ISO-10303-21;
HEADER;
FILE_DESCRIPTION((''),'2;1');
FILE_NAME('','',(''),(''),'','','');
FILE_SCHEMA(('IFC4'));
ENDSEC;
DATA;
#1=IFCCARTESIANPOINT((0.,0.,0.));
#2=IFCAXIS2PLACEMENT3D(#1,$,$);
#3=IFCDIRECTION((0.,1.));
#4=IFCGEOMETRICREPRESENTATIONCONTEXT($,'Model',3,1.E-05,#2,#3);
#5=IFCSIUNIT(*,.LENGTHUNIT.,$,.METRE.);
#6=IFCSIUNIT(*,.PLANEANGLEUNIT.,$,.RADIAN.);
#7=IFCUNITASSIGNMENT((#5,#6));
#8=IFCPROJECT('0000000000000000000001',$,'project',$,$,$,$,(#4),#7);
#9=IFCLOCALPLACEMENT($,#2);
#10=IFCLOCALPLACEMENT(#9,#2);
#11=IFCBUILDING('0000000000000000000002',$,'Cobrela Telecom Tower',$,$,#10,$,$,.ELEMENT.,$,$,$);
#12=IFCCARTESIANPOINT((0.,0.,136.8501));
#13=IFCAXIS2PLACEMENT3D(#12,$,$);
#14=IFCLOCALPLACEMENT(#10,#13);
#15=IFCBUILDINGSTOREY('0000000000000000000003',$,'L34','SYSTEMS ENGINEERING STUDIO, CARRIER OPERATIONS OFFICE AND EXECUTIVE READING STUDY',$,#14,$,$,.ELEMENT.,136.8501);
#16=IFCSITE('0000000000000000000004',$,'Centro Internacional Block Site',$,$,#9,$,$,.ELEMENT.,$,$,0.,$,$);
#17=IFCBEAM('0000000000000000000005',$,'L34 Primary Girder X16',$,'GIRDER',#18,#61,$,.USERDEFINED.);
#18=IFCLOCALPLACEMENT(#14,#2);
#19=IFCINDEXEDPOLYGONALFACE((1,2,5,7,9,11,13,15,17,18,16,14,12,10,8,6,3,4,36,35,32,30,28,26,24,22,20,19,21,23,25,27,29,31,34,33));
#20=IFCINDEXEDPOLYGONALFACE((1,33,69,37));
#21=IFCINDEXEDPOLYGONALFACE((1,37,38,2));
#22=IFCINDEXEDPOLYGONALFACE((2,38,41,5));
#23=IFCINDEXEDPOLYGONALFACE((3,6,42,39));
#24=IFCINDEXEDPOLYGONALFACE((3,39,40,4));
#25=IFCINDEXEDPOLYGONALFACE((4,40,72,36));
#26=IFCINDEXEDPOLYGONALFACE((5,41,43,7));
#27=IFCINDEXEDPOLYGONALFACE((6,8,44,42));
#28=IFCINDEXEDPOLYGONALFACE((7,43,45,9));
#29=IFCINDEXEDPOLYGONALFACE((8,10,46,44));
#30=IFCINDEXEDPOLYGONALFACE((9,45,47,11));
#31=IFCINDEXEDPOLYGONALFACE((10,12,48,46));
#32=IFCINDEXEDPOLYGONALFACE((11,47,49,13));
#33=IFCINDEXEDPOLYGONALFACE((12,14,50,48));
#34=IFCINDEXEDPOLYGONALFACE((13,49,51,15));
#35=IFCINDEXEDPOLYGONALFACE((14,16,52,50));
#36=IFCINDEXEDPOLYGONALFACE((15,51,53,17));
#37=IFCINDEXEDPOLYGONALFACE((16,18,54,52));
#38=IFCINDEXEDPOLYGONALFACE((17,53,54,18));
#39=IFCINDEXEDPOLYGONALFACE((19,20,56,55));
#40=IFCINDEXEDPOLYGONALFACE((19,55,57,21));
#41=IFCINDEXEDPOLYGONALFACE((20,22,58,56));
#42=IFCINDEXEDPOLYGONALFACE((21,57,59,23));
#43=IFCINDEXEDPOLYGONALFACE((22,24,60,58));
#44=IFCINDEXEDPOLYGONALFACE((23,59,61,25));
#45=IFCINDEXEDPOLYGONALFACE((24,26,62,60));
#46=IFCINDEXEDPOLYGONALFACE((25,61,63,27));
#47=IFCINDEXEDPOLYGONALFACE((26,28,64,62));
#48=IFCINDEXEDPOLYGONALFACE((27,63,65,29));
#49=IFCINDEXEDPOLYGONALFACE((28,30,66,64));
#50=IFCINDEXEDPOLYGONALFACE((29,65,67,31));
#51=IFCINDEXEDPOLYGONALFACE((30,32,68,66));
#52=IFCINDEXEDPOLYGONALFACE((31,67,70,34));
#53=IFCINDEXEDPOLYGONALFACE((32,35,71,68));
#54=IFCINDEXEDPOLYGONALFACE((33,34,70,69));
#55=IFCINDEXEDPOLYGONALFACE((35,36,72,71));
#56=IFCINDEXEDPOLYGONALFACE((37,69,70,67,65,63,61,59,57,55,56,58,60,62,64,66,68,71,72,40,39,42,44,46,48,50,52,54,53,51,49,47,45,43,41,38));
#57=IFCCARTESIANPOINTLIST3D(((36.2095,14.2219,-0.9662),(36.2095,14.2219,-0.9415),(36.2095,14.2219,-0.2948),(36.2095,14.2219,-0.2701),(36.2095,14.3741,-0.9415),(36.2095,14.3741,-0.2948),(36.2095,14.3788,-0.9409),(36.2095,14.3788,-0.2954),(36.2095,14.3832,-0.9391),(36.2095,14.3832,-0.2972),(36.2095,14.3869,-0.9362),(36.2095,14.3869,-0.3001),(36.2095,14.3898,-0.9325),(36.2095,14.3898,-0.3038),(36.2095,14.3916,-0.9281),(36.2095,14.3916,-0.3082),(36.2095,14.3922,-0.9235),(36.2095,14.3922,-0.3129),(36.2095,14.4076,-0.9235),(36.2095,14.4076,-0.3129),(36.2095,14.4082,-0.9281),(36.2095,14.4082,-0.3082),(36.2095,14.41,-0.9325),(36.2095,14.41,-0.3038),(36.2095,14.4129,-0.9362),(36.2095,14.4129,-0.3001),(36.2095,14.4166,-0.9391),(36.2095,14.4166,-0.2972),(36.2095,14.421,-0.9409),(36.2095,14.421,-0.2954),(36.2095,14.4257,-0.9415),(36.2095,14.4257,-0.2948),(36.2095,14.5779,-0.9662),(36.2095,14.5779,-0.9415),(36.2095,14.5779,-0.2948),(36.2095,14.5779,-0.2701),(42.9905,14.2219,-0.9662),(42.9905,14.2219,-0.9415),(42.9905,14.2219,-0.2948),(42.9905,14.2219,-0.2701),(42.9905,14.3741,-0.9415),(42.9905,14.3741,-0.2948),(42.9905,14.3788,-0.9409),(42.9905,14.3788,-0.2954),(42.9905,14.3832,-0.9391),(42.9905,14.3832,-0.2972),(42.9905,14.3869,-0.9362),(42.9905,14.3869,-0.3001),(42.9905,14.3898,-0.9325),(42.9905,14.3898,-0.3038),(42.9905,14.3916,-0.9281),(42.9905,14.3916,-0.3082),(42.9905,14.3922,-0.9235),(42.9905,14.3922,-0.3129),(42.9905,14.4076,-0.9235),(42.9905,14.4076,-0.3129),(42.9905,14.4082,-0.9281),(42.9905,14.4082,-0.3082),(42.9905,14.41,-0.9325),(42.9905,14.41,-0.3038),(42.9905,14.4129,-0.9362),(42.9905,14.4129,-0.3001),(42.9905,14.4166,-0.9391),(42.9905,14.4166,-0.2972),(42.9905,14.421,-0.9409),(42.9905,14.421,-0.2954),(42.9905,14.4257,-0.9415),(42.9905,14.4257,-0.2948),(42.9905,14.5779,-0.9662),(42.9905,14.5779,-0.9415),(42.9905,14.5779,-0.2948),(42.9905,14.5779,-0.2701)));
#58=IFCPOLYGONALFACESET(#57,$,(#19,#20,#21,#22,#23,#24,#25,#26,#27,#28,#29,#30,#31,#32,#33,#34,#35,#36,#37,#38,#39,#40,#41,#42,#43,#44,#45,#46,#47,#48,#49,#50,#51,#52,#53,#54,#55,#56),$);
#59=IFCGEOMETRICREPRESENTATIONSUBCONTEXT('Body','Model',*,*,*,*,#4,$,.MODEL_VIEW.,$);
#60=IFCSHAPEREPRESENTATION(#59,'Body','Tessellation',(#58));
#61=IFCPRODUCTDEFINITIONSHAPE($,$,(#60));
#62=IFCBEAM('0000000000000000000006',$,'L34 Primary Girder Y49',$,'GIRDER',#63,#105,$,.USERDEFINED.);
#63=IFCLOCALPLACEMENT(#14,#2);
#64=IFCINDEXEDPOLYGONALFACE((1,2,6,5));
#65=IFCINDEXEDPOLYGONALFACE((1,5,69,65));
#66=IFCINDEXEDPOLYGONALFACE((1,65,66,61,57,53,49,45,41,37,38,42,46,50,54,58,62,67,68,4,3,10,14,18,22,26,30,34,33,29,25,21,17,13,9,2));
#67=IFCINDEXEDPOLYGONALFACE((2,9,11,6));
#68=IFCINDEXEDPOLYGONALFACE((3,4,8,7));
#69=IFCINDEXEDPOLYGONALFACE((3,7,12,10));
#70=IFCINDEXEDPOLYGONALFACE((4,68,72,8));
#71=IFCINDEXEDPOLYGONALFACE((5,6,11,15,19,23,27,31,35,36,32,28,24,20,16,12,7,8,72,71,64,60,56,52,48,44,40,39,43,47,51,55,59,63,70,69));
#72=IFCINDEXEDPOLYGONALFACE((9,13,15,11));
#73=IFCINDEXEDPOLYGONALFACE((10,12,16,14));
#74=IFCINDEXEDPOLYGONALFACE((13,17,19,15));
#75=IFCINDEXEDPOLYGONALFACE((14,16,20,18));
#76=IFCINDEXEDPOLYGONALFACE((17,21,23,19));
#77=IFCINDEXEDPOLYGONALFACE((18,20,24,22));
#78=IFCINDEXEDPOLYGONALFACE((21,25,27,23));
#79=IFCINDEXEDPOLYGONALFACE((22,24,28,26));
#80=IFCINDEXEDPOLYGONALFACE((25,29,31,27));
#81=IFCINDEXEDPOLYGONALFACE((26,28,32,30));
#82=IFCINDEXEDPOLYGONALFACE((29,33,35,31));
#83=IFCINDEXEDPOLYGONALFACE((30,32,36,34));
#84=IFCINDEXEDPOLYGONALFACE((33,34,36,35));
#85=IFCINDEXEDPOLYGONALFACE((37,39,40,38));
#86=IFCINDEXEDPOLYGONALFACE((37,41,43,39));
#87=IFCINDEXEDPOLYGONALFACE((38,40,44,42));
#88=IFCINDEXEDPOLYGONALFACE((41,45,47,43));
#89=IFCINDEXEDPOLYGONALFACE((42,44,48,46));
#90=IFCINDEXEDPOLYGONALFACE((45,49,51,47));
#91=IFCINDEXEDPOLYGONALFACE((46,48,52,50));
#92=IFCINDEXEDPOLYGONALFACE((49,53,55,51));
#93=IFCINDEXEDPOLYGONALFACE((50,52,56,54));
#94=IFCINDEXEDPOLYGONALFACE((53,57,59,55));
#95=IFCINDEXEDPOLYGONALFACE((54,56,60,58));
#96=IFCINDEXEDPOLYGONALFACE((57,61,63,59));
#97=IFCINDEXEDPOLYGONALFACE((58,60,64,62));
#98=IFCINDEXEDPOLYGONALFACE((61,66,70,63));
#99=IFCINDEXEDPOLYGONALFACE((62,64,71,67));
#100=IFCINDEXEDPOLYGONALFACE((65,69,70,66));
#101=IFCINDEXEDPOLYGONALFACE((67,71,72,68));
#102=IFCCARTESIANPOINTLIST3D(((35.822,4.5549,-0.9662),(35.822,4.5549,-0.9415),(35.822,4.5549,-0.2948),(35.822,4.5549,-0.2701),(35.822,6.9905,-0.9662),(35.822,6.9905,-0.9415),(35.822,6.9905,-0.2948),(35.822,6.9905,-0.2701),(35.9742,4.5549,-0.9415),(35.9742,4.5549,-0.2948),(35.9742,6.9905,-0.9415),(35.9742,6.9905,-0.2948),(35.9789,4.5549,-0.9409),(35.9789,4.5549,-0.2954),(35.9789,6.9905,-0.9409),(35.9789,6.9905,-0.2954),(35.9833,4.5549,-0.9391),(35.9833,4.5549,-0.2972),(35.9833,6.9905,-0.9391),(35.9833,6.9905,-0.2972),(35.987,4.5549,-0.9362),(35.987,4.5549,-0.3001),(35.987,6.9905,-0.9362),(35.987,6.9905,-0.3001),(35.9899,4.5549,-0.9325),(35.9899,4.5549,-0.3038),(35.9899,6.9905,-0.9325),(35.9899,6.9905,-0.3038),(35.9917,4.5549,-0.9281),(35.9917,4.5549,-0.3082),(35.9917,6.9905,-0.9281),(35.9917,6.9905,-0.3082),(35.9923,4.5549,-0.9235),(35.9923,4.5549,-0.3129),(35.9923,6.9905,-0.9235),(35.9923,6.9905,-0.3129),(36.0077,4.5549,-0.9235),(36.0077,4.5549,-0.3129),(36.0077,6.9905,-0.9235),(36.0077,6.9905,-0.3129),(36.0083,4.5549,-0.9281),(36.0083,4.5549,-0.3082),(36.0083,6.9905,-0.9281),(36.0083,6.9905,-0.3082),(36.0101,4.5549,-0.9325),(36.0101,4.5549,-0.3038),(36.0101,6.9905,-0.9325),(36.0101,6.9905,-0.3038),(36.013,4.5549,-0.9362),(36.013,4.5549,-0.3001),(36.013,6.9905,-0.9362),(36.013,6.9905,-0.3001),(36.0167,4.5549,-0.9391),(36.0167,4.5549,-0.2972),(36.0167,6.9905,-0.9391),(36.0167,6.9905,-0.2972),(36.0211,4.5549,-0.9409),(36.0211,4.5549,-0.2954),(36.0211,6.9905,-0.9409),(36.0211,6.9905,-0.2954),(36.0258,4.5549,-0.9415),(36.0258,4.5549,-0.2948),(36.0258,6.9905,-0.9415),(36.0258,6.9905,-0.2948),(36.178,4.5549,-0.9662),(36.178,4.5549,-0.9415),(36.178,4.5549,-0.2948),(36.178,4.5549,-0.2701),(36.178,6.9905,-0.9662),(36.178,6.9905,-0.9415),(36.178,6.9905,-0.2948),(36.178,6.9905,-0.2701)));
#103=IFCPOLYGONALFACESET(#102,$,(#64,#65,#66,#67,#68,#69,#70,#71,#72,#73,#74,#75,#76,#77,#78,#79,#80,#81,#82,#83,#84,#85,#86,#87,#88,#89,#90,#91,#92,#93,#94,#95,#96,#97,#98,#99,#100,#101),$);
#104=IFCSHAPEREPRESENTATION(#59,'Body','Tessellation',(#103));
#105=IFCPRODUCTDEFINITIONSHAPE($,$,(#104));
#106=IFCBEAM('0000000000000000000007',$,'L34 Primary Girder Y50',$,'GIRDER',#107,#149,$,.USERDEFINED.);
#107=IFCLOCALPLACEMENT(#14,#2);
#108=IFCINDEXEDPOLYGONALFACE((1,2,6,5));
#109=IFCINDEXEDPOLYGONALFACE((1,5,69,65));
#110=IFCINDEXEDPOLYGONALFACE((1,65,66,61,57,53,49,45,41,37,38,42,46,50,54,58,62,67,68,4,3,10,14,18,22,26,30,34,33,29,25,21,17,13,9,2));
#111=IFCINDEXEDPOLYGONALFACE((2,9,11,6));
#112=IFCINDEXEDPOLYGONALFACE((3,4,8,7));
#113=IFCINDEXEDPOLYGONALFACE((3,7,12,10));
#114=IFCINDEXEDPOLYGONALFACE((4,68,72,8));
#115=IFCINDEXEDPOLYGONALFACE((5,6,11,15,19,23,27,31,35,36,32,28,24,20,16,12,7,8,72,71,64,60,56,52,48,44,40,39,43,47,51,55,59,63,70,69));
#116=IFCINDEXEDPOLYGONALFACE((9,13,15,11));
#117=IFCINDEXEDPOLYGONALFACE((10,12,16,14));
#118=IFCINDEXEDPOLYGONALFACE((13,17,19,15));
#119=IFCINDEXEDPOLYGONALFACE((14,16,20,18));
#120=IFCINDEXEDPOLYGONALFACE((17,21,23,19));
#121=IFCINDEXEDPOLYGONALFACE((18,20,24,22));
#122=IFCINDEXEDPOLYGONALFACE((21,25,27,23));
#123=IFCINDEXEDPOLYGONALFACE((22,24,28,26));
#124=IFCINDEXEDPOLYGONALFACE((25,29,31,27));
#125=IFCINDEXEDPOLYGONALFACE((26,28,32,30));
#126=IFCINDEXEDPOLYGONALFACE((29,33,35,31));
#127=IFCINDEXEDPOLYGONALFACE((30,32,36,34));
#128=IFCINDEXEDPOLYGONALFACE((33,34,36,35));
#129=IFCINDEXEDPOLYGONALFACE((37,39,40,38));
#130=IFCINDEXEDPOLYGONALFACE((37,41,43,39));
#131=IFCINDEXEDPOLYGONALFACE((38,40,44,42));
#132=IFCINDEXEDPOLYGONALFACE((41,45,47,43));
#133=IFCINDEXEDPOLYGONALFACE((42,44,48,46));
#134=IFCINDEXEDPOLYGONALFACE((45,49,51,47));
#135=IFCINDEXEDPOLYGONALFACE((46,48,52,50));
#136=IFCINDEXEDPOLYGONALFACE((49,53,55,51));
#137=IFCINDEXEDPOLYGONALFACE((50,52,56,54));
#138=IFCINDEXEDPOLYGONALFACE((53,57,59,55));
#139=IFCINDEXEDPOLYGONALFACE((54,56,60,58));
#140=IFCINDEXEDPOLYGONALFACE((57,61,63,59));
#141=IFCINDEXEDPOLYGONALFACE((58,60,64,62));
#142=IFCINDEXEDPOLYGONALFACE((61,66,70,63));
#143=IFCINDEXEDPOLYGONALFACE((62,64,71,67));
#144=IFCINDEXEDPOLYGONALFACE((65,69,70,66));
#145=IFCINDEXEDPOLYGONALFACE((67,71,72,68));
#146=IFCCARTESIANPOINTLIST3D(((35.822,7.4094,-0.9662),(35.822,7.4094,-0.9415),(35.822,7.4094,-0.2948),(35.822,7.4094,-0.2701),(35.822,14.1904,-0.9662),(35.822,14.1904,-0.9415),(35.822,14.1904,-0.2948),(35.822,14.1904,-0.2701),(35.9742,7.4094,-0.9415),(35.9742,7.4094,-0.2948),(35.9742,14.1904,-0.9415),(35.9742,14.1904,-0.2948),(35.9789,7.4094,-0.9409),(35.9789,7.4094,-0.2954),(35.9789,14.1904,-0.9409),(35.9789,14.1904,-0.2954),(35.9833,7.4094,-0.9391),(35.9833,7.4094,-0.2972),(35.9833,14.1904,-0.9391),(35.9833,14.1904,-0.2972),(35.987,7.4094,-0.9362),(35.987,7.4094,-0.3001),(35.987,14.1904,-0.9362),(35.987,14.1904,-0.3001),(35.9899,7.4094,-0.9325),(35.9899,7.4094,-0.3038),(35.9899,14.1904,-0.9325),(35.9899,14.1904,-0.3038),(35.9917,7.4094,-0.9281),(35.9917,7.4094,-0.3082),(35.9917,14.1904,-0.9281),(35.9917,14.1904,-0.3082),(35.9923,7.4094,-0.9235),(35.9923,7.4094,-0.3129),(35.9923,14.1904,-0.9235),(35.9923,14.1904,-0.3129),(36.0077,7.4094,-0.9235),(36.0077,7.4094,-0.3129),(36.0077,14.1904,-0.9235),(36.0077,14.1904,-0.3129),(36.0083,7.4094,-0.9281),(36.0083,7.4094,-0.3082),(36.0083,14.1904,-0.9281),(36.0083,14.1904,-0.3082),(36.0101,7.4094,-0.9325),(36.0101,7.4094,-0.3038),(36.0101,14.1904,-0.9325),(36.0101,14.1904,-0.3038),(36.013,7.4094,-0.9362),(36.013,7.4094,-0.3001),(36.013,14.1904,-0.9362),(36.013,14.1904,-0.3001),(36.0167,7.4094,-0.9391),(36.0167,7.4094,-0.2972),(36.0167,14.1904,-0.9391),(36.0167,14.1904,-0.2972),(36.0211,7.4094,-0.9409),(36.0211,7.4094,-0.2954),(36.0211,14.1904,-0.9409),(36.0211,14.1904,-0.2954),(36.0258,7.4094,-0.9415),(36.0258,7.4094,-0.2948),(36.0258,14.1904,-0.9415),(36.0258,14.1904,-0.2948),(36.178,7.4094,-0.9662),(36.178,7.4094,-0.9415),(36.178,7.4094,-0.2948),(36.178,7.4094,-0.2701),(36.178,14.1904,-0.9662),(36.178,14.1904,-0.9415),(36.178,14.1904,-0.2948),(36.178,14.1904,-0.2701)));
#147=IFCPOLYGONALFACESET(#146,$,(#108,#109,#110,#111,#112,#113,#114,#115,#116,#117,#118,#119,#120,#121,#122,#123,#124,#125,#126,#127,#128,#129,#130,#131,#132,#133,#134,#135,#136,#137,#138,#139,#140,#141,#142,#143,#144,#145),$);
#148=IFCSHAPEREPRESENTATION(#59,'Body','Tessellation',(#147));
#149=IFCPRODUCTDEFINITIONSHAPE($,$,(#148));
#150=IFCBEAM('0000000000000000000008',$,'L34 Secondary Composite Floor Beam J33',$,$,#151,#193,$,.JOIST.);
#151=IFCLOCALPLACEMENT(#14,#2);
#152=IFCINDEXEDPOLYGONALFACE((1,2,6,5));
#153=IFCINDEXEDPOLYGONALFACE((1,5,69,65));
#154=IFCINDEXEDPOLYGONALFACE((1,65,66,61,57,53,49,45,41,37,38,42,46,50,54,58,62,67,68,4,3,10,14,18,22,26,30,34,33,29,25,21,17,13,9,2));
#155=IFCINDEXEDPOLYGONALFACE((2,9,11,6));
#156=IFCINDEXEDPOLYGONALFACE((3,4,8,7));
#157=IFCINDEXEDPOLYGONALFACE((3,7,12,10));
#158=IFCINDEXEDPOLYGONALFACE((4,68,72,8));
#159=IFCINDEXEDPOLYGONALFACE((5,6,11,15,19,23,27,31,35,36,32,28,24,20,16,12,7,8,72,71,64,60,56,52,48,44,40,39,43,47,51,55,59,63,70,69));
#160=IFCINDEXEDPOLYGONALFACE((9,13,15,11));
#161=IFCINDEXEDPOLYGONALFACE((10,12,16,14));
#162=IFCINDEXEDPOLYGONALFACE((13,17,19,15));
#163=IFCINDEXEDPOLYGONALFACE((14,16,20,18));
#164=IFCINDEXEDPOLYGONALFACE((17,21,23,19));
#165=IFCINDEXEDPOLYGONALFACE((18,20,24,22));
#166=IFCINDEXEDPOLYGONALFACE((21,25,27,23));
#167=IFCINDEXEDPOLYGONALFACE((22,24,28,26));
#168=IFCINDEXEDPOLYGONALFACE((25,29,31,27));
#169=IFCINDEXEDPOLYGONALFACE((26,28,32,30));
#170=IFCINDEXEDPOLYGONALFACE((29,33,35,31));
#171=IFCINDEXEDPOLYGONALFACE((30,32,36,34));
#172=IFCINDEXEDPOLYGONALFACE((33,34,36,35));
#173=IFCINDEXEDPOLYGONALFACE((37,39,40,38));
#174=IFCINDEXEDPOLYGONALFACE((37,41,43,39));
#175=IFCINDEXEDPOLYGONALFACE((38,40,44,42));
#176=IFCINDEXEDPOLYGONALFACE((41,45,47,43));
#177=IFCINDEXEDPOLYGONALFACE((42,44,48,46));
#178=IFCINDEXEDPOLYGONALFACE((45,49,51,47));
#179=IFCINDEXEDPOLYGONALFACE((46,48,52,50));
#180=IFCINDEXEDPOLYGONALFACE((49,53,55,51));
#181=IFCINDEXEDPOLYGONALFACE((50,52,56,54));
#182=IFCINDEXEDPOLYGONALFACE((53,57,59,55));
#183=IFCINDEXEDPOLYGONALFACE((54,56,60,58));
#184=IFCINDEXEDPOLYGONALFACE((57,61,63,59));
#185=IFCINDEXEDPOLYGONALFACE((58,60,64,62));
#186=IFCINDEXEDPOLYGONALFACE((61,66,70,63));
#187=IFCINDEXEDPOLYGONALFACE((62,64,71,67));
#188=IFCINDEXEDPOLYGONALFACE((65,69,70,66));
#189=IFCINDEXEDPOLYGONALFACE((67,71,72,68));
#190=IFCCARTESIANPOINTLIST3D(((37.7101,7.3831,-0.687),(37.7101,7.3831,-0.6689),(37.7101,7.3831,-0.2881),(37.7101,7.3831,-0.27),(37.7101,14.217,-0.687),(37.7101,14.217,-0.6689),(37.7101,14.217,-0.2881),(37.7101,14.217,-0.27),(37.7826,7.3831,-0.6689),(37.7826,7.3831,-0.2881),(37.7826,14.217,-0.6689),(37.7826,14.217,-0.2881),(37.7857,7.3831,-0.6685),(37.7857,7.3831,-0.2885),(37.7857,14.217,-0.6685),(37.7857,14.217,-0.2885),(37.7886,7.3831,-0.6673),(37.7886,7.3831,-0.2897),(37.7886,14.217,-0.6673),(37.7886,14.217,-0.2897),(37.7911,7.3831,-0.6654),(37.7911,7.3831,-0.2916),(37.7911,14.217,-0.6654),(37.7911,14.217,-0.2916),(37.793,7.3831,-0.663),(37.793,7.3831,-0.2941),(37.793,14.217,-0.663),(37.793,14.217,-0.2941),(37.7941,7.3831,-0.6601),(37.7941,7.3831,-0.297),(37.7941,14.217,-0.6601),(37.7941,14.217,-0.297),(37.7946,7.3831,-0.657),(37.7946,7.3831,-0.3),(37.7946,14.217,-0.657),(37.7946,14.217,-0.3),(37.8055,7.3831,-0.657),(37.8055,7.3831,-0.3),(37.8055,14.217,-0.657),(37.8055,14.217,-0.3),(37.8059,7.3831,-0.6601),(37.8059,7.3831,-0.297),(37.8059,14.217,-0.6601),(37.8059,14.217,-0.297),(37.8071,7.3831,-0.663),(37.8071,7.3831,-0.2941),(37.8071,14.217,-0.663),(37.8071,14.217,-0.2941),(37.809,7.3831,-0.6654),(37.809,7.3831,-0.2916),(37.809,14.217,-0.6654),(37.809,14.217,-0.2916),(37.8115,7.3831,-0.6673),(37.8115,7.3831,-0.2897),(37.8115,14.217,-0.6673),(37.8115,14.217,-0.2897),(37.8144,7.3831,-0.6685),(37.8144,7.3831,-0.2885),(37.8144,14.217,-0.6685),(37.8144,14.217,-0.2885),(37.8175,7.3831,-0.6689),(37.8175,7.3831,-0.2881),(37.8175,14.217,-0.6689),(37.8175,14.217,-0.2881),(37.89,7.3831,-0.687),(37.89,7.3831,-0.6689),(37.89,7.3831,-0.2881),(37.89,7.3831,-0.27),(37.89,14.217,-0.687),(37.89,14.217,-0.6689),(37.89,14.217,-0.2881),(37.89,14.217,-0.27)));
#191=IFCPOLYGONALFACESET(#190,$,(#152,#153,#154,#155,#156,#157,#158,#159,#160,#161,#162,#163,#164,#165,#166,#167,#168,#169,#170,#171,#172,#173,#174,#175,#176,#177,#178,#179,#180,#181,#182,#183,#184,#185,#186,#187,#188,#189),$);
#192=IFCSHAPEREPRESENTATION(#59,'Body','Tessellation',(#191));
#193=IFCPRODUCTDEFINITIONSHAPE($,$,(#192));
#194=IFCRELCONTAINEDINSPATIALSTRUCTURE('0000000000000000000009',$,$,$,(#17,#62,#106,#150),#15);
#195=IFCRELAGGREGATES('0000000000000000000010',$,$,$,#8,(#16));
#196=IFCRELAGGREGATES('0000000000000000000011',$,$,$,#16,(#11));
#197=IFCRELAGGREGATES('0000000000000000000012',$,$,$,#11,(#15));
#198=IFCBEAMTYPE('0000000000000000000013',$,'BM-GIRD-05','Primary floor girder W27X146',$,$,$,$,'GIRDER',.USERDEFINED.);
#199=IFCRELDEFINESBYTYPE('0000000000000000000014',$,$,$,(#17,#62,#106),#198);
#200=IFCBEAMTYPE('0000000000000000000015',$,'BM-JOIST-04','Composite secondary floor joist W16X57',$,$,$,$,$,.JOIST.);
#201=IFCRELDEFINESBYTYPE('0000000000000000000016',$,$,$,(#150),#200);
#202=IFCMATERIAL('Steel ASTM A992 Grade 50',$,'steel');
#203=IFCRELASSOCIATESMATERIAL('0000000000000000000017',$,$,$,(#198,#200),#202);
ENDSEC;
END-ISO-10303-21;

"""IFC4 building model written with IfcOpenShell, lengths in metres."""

from ifc_helpers import new_model, si_unit, direction, frame, origin, origin_2d, place, context, subcontext, project, spatial, i_section, extrude, material, material_profile, profile_set, type_object, element, save


model = new_model("IFC4")

# Units and contexts
model_context = context("Model", 3, precision=1e-05, world=origin(), true_north=direction((0.0, 1.0)))
body_context = subcontext(model_context, "Body", "Model", "MODEL_VIEW")
ifc_project = project(units=[si_unit("LENGTHUNIT", "METRE"), si_unit("PLANEANGLEUNIT", "RADIAN")], contexts=[model_context])

# Site, building, storey
site_placement = place(None, origin())
site = spatial("IfcSite", under=ifc_project, at=site_placement, Name="Centro Internacional Block Site", CompositionType="ELEMENT", RefElevation=0.0)
building_placement = place(site_placement, origin())
building = spatial("IfcBuilding", under=site, at=building_placement, Name="Cobrela Telecom Tower", CompositionType="ELEMENT")
storey_placement = place(building_placement, frame((0.0, 0.0, 136.8501)))
storey = spatial("IfcBuildingStorey", under=building, at=storey_placement, Name="L34", Description="SYSTEMS ENGINEERING STUDIO, CARRIER OPERATIONS OFFICE AND EXECUTIVE READING STUDY", CompositionType="ELEMENT", Elevation=136.8501)

# Shared definitions
ifc_material_1 = material(Name="Steel ASTM A992 Grade 50", Category="steel")

# Beams
ifc_material_profile_1 = material_profile(ifc_material_1, i_section(OverallWidth=0.356, OverallDepth=0.696, WebThickness=0.0154, FlangeThickness=0.0247, FilletRadius=0.0181, at=origin_2d()), Name="W27X146")
ifc_profile_set_1 = profile_set([ifc_material_profile_1], Name="Steel ASTM A992 Grade 50")
beam_type_1 = type_object("IfcBeamType", Name="BM-GIRD-05", Description="Primary floor girder W27X146", ElementType="GIRDER", PredefinedType="USERDEFINED", material=ifc_profile_set_1)
beam_1_placement = place(storey_placement, frame((36.2095, 14.3999, -0.6182), z_axis=(1.0, 0.0, 0.0), x_axis=(0.0, 1.0, 0.0)))
element("IfcBeam", 1, at=beam_1_placement, inside=storey, type_object=beam_type_1, Name="L34 Primary Girder X16", ObjectType="GIRDER", PredefinedType="USERDEFINED", context=body_context, shape_type="SweptSolid", body=[
    extrude(i_section(OverallWidth=0.356, OverallDepth=0.696, WebThickness=0.0154, FlangeThickness=0.0247, FilletRadius=0.0181, at=origin_2d()), origin(), (0.0, 0.0, 1.0), 6.781),
])
beam_2_placement = place(storey_placement, frame((36.0, 4.5549, -0.6182), z_axis=(0.0, 1.0, 0.0), x_axis=(-1.0, 0.0, 0.0)))
element("IfcBeam", 2, at=beam_2_placement, inside=storey, type_object=beam_type_1, Name="L34 Primary Girder Y49", ObjectType="GIRDER", PredefinedType="USERDEFINED", context=body_context, shape_type="SweptSolid", body=[
    extrude(i_section(OverallWidth=0.356, OverallDepth=0.696, WebThickness=0.0154, FlangeThickness=0.0247, FilletRadius=0.0181, at=origin_2d()), origin(), (0.0, 0.0, 1.0), 2.4355),
])
beam_3_placement = place(storey_placement, frame((36.0, 7.4094, -0.6182), z_axis=(0.0, 1.0, 0.0), x_axis=(-1.0, 0.0, 0.0)))
element("IfcBeam", 3, at=beam_3_placement, inside=storey, type_object=beam_type_1, Name="L34 Primary Girder Y50", ObjectType="GIRDER", PredefinedType="USERDEFINED", context=body_context, shape_type="SweptSolid", body=[
    extrude(i_section(OverallWidth=0.356, OverallDepth=0.696, WebThickness=0.0154, FlangeThickness=0.0247, FilletRadius=0.0181, at=origin_2d()), origin(), (0.0, 0.0, 1.0), 6.781),
])
ifc_material_profile_2 = material_profile(ifc_material_1, i_section(OverallWidth=0.1799, OverallDepth=0.417, WebThickness=0.011, FlangeThickness=0.0181, FilletRadius=0.012, at=origin_2d()), Name="W16X57")
ifc_profile_set_2 = profile_set([ifc_material_profile_2], Name="Steel ASTM A992 Grade 50")
beam_type_2 = type_object("IfcBeamType", Name="BM-JOIST-04", Description="Composite secondary floor joist W16X57", PredefinedType="JOIST", material=ifc_profile_set_2)
for number, where, z_axis, x_axis, name in (
    (4, (37.8, 7.3831, -0.4785), (0.0, 1.0, 0.0), (-1.0, 0.0, 0.0), "L34 Secondary Composite Floor Beam J33"),
):
    element("IfcBeam", number, at=place(storey_placement, frame(where, z_axis=z_axis, x_axis=x_axis)), inside=storey, type_object=beam_type_2, Name=name, PredefinedType="JOIST", context=body_context, shape_type="SweptSolid", body=[
        extrude(i_section(OverallWidth=0.1799, OverallDepth=0.417, WebThickness=0.011, FlangeThickness=0.0181, FilletRadius=0.012, at=origin_2d()), origin(), (0.0, 0.0, 1.0), 6.834),
    ])

save(model, "model.ifc")
